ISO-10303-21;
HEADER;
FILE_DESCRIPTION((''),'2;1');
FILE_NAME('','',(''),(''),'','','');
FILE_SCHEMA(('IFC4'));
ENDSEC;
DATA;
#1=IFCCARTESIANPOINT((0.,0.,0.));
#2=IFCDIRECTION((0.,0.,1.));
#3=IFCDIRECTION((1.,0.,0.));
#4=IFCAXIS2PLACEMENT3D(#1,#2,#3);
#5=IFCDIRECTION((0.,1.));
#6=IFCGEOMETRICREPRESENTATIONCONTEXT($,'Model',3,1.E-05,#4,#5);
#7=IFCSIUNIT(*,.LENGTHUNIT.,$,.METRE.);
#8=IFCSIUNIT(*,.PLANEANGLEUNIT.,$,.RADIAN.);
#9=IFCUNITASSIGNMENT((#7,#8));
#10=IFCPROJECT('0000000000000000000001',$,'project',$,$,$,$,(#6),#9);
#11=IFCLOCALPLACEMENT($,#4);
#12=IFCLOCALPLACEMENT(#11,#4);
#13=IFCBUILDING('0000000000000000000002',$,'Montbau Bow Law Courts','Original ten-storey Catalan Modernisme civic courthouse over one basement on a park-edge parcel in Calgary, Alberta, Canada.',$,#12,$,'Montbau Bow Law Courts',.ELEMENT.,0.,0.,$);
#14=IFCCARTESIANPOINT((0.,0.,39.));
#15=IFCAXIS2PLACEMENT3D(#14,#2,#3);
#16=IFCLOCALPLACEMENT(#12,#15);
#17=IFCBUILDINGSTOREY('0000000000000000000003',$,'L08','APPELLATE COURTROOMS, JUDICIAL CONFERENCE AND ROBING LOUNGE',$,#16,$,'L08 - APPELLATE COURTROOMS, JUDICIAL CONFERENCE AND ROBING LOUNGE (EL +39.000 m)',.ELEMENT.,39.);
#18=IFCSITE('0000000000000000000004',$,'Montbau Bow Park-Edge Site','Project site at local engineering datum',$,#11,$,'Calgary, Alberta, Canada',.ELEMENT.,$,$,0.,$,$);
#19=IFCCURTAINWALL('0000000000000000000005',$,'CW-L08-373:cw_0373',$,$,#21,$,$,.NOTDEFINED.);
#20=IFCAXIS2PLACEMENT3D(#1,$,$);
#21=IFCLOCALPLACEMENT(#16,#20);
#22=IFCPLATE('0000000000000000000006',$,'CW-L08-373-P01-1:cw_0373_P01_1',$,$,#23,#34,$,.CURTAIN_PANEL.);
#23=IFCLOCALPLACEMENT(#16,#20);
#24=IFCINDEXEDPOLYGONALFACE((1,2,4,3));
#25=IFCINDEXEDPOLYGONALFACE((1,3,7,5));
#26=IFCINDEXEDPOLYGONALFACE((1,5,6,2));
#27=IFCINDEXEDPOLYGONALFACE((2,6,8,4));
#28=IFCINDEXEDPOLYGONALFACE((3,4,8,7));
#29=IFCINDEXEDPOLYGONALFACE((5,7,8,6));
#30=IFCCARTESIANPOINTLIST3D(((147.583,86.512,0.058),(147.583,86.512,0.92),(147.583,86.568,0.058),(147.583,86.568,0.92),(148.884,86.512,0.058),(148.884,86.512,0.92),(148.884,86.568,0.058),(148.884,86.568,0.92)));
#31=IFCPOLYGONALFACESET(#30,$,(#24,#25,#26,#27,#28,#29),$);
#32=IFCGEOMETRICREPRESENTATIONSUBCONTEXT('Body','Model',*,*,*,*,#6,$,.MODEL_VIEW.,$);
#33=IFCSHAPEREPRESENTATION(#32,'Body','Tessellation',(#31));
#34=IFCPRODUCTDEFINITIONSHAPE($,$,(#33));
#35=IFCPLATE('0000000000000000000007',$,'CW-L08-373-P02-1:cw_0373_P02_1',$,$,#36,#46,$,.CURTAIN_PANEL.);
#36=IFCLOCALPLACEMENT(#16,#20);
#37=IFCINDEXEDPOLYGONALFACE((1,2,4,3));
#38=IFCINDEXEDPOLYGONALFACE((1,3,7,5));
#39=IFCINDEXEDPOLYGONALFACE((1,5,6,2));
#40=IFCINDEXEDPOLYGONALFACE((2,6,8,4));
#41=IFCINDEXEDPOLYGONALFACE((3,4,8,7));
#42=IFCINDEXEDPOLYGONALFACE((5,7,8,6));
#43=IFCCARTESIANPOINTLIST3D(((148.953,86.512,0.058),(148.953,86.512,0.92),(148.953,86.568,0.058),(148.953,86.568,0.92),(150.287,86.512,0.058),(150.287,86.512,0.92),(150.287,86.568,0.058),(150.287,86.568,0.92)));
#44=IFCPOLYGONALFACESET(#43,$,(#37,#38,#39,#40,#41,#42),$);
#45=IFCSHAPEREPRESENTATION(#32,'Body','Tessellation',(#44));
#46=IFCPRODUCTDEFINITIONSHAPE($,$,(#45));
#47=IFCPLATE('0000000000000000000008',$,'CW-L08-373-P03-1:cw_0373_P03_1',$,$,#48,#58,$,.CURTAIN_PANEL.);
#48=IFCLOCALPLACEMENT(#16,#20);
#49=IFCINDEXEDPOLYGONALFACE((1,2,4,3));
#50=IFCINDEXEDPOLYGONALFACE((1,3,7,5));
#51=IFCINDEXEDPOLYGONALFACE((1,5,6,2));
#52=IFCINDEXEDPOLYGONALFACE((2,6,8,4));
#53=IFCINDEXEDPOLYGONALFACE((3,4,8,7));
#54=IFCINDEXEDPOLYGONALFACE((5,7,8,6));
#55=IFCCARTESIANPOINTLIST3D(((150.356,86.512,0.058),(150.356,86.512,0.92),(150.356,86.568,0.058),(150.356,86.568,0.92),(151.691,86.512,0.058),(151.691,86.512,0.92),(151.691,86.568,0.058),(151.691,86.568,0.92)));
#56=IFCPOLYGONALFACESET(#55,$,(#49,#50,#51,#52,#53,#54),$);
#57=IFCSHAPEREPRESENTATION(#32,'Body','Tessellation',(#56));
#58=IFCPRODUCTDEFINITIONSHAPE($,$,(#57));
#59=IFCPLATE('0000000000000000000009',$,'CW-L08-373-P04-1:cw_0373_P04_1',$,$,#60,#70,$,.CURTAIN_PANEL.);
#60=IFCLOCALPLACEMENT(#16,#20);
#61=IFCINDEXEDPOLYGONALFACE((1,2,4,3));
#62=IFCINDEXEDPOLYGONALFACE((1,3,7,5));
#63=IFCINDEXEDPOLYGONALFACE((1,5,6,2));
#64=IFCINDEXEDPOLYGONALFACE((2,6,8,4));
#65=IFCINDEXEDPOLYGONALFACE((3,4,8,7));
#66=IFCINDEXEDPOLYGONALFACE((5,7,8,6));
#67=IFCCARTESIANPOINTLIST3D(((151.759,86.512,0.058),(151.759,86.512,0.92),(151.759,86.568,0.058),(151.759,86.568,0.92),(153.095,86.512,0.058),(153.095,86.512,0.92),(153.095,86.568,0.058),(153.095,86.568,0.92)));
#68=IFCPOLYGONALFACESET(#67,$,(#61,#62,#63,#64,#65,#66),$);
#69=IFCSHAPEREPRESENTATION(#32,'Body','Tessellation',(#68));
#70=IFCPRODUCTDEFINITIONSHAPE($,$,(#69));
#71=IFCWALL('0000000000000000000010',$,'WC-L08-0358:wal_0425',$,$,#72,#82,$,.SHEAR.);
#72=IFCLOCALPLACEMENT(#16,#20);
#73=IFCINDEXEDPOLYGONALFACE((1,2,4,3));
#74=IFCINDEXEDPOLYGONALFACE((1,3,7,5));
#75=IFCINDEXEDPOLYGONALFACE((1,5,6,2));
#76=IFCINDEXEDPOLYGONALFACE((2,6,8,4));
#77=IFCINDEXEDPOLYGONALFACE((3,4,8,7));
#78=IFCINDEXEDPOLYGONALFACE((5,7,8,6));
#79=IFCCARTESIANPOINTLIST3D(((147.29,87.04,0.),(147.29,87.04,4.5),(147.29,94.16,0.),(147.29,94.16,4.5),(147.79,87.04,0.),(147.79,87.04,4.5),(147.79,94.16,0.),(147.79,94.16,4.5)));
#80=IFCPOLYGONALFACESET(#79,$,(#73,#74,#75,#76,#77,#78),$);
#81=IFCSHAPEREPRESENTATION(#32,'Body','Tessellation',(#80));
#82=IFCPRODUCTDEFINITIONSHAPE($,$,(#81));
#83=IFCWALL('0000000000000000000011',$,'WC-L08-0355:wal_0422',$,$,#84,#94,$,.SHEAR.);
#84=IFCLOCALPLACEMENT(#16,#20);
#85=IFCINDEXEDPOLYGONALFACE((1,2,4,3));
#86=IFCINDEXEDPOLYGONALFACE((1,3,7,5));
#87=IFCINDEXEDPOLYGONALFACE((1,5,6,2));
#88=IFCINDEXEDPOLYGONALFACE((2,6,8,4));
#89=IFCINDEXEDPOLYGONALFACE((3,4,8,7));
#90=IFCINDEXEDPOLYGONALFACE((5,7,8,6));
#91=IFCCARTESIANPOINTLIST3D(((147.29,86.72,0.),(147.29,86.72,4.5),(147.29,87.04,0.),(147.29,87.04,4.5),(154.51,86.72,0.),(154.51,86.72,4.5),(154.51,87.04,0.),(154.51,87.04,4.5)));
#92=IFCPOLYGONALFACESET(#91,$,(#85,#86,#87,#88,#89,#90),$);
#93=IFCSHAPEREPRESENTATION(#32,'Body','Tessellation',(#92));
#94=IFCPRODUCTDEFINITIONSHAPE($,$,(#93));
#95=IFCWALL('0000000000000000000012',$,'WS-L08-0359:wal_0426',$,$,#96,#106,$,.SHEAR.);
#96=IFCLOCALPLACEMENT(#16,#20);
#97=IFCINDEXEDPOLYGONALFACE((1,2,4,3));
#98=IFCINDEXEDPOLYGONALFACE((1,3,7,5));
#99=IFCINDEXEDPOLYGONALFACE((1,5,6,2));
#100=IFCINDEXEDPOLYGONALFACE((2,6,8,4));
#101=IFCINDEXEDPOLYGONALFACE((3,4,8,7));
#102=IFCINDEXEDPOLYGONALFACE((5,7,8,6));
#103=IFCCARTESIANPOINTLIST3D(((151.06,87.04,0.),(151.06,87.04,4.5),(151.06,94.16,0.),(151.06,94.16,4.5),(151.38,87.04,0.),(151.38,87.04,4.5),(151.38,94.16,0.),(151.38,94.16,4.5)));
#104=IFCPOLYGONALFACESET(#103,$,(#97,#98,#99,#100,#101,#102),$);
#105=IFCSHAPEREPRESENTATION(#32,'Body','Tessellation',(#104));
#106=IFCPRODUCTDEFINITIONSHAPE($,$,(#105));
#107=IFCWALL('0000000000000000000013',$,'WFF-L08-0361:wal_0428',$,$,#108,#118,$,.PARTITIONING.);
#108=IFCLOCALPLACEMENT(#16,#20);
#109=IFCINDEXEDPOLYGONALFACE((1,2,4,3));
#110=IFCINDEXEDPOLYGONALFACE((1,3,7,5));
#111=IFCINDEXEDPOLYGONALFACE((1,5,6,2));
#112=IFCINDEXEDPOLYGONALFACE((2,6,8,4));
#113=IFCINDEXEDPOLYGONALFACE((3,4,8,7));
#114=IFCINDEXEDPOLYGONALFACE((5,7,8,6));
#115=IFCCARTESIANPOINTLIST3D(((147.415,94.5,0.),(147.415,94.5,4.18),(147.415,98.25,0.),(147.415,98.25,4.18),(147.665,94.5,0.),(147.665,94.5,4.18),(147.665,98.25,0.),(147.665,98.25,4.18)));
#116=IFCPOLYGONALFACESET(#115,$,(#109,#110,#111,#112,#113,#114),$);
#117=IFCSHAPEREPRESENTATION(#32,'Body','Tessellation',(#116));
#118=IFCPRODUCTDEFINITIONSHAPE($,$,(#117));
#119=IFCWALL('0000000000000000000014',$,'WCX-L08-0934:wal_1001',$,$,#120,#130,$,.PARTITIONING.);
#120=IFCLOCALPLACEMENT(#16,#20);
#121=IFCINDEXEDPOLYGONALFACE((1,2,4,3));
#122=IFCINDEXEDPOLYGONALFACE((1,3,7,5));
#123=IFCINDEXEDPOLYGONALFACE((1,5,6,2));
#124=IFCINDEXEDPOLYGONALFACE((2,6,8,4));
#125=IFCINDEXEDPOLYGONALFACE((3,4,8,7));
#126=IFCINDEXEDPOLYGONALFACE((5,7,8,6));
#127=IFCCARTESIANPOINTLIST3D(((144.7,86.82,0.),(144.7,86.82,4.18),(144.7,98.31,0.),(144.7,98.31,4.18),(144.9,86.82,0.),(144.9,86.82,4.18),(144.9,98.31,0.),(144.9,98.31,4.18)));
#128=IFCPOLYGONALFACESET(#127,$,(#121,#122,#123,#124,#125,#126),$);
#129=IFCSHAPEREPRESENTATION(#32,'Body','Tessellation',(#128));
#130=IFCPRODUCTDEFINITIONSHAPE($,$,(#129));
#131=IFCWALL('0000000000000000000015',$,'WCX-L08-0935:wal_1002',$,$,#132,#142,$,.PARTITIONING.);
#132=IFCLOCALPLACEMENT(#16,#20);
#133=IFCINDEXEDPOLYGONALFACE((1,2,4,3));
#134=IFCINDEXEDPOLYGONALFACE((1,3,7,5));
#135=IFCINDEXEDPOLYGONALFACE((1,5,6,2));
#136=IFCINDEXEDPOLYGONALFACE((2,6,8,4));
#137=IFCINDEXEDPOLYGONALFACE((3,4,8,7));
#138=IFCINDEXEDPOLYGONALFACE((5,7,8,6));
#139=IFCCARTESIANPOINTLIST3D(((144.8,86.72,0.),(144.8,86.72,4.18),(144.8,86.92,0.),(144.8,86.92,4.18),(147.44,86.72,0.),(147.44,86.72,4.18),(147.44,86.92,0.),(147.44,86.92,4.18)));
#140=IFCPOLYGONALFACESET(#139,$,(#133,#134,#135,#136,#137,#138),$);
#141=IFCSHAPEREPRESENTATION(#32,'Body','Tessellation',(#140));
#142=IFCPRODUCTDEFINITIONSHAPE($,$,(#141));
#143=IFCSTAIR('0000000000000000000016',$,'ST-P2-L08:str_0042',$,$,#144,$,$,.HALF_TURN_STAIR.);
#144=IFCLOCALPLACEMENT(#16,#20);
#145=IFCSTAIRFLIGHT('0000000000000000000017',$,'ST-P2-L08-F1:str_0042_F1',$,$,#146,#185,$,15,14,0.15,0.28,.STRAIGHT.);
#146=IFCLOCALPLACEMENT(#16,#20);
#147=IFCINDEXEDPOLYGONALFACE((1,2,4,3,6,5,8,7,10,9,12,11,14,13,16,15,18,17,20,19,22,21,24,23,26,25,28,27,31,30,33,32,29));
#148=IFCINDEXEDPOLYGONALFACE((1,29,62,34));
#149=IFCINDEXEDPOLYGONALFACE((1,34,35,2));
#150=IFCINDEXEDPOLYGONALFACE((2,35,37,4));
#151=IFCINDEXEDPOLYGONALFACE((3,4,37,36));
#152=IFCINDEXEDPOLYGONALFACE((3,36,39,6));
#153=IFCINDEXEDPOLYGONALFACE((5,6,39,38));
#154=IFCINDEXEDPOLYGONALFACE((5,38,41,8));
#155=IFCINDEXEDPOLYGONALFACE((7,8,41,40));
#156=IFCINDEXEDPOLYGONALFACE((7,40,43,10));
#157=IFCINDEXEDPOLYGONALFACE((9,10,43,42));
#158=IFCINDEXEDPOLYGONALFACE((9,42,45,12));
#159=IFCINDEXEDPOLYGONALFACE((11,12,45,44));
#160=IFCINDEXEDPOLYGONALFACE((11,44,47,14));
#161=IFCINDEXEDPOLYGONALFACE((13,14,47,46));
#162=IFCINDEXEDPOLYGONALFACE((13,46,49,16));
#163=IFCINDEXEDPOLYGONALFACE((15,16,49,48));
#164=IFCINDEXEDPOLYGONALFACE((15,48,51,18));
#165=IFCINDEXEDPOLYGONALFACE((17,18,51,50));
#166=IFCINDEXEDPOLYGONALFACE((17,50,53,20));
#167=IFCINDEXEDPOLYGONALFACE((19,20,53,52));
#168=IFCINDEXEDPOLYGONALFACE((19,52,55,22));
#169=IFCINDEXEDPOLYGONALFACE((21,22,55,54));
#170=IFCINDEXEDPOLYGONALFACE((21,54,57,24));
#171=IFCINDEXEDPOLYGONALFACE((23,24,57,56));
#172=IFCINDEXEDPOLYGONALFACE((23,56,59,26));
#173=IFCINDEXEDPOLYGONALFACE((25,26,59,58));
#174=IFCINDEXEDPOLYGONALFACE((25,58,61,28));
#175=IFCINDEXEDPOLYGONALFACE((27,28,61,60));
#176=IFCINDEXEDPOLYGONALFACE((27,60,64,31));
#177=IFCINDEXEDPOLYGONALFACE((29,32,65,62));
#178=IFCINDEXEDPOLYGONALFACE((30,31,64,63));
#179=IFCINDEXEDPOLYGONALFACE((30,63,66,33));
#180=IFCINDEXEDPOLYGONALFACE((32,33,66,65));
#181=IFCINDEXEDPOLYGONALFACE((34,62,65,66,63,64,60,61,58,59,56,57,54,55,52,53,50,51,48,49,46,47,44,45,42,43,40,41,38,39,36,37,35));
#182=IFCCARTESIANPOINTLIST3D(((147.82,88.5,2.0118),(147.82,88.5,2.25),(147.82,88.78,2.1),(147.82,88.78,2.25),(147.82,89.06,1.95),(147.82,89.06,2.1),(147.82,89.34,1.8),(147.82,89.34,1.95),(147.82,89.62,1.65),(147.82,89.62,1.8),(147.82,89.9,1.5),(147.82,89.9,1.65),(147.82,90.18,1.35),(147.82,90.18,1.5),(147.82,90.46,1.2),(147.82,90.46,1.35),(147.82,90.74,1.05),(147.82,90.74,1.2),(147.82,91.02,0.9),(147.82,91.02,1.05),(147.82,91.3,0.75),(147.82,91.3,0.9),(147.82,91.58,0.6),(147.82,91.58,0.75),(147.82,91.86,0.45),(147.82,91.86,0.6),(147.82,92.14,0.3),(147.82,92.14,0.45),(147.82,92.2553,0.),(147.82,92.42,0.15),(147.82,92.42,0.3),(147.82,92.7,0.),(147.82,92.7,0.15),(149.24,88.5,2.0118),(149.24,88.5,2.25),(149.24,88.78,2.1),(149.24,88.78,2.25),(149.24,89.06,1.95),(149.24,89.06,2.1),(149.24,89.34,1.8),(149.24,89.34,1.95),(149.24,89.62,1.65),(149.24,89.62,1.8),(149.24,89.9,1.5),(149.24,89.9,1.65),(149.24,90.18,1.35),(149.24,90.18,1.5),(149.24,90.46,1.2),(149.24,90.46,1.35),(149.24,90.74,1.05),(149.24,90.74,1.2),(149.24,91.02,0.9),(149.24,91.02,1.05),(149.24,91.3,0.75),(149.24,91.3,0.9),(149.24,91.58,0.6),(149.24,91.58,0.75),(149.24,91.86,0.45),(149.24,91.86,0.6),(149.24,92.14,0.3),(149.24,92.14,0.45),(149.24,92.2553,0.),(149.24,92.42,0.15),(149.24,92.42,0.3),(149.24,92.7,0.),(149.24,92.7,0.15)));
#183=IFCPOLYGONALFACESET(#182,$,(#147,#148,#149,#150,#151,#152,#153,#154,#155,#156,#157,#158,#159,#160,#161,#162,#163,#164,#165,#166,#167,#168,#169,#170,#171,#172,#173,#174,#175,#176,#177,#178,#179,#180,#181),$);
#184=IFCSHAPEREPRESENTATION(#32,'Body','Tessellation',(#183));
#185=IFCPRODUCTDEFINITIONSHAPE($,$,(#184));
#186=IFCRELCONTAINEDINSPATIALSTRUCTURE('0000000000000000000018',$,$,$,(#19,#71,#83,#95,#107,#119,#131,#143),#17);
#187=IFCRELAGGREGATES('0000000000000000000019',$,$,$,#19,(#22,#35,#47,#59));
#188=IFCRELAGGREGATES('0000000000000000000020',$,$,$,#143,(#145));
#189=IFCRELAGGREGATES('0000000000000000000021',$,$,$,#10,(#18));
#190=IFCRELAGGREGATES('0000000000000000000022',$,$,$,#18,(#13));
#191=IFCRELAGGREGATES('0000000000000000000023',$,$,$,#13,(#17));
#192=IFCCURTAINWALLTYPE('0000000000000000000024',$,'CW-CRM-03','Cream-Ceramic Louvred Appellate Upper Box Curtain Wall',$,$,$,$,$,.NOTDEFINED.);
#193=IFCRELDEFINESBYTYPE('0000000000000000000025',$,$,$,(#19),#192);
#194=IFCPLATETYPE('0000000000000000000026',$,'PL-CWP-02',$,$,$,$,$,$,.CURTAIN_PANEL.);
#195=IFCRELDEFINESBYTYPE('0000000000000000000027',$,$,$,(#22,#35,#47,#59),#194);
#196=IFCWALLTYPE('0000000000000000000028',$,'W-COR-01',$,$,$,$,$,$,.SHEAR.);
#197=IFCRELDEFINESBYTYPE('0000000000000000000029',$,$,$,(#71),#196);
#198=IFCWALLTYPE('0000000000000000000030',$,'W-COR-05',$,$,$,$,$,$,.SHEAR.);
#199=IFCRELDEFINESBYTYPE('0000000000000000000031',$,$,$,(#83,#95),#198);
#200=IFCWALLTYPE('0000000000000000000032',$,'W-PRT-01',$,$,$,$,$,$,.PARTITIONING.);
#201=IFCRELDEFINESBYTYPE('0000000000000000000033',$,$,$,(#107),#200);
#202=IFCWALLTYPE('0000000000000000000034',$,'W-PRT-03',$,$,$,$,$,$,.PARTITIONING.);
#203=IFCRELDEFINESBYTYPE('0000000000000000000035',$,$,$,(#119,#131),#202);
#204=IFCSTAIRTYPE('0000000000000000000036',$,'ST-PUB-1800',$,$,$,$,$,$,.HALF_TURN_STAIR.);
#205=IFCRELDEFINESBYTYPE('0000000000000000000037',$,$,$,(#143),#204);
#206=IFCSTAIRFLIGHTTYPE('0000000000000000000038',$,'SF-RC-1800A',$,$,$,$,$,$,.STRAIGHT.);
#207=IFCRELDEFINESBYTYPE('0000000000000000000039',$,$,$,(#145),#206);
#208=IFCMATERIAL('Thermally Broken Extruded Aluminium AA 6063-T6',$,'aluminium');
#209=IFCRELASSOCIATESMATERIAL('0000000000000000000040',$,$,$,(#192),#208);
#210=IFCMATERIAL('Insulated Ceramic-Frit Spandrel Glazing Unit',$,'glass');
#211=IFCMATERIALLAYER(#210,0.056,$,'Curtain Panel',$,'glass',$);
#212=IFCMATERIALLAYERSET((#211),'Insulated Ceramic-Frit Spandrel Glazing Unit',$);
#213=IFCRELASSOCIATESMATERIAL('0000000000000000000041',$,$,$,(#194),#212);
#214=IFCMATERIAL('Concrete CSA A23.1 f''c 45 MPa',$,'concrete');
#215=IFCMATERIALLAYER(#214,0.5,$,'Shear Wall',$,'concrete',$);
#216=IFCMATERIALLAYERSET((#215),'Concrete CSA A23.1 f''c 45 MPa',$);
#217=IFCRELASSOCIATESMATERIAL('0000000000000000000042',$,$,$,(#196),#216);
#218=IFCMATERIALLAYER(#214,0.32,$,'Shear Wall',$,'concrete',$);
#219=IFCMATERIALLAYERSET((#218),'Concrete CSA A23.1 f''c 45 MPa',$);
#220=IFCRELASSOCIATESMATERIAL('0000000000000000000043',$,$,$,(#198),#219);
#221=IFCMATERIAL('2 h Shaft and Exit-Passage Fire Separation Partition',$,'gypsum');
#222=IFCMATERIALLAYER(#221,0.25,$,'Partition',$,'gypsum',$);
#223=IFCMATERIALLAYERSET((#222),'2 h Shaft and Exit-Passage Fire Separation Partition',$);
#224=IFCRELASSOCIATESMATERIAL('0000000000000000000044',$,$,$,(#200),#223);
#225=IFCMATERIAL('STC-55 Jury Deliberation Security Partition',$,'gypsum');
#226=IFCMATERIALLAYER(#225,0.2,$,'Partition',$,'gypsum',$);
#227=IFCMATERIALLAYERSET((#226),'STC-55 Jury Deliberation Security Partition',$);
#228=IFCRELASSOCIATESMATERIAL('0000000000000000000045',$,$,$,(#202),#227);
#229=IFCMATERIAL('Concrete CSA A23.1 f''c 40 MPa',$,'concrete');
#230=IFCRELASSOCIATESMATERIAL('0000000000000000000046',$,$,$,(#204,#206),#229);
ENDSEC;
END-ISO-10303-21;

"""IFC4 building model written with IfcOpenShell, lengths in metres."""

from ifc_helpers import new_model, si_unit, direction, frame, frame_2d, origin_with_axes, place, context, subcontext, project, spatial, polyline, rectangle, outline, extrude, material, layer, layer_set, type_object, element, aggregate, save


model = new_model("IFC4")

# Units and contexts
model_context = context("Model", 3, precision=1e-05, world=origin_with_axes(), true_north=direction((0.0, 1.0)))
body_context = subcontext(model_context, "Body", "Model", "MODEL_VIEW")
ifc_project = project(units=[si_unit("LENGTHUNIT", "METRE"), si_unit("PLANEANGLEUNIT", "RADIAN")], contexts=[model_context])

# Site, building, storey
site_placement = place(None, origin_with_axes())
site = spatial("IfcSite", under=ifc_project, at=site_placement, Name="Montbau Bow Park-Edge Site", Description="Project site at local engineering datum", LongName="Calgary, Alberta, Canada", CompositionType="ELEMENT", RefElevation=0.0)
building_placement = place(site_placement, origin_with_axes())
building = spatial("IfcBuilding", under=site, at=building_placement, Name="Montbau Bow Law Courts", Description="Original ten-storey Catalan Modernisme civic courthouse over one basement on a park-edge parcel in Calgary, Alberta, Canada.", LongName="Montbau Bow Law Courts", CompositionType="ELEMENT", ElevationOfRefHeight=0.0, ElevationOfTerrain=0.0)
storey_placement = place(building_placement, frame((0.0, 0.0, 39.0), z_axis=(0.0, 0.0, 1.0), x_axis=(1.0, 0.0, 0.0)))
storey = spatial("IfcBuildingStorey", under=building, at=storey_placement, Name="L08", Description="APPELLATE COURTROOMS, JUDICIAL CONFERENCE AND ROBING LOUNGE", LongName="L08 - APPELLATE COURTROOMS, JUDICIAL CONFERENCE AND ROBING LOUNGE (EL +39.000 m)", CompositionType="ELEMENT", Elevation=39.0)

# Shared definitions
ifc_material_1 = material(Name="Thermally Broken Extruded Aluminium AA 6063-T6", Category="aluminium")
curtain_wall_type = type_object("IfcCurtainWallType", Name="CW-CRM-03", Description="Cream-Ceramic Louvred Appellate Upper Box Curtain Wall", PredefinedType="NOTDEFINED", material=ifc_material_1)

# Curtain wall, plates
curtain_wall_1_placement = place(None, frame((147.515, 86.54, 39.0), z_axis=(0.0, 0.0, 1.0), x_axis=(1.0, 0.0, 0.0)))
curtain_wall_1 = element("IfcCurtainWall", 1, at=curtain_wall_1_placement, inside=storey, type_object=curtain_wall_type, Name="CW-L08-373:cw_0373", PredefinedType="NOTDEFINED")
ifc_material_2 = material(Name="Insulated Ceramic-Frit Spandrel Glazing Unit", Category="glass")
ifc_layer_1 = layer(ifc_material_2, 0.056, Name="Curtain Panel", Category="glass")
ifc_layer_set_1 = layer_set([ifc_layer_1], Name="Insulated Ceramic-Frit Spandrel Glazing Unit")
plate_type_1 = type_object("IfcPlateType", Name="PL-CWP-02", PredefinedType="CURTAIN_PANEL", material=ifc_layer_set_1)
plate_1_placement = place(None, frame((147.583, 86.54, 39.058), z_axis=(0.0, -1.0, 0.0), x_axis=(1.0, 0.0, 0.0)))
plate_1 = element("IfcPlate", 2, at=plate_1_placement, type_object=plate_type_1, Name="CW-L08-373-P01-1:cw_0373_P01_1", PredefinedType="CURTAIN_PANEL", context=body_context, shape_type="SweptSolid", body=[
    extrude(rectangle(XDim=1.301, YDim=0.862, at=frame_2d((0.6505, 0.431), x_axis=(1.0, 0.0))), frame((0.0, 0.0, -0.028), z_axis=(0.0, 0.0, 1.0), x_axis=(1.0, 0.0, 0.0)), (0.0, 0.0, 1.0), 0.056),
])
plate_2_placement = place(None, frame((148.953, 86.54, 39.058), z_axis=(0.0, -1.0, 0.0), x_axis=(1.0, 0.0, 0.0)))
plate_2 = element("IfcPlate", 3, at=plate_2_placement, type_object=plate_type_1, Name="CW-L08-373-P02-1:cw_0373_P02_1", PredefinedType="CURTAIN_PANEL", context=body_context, shape_type="SweptSolid", body=[
    extrude(rectangle(XDim=1.334, YDim=0.862, at=frame_2d((0.667, 0.431), x_axis=(1.0, 0.0))), frame((0.0, 0.0, -0.028), z_axis=(0.0, 0.0, 1.0), x_axis=(1.0, 0.0, 0.0)), (0.0, 0.0, 1.0), 0.056),
])
plate_3_placement = place(None, frame((150.356, 86.54, 39.058), z_axis=(0.0, -1.0, 0.0), x_axis=(1.0, 0.0, 0.0)))
plate_3 = element("IfcPlate", 4, at=plate_3_placement, type_object=plate_type_1, Name="CW-L08-373-P03-1:cw_0373_P03_1", PredefinedType="CURTAIN_PANEL", context=body_context, shape_type="SweptSolid", body=[
    extrude(rectangle(XDim=1.335, YDim=0.862, at=frame_2d((0.6675, 0.431), x_axis=(1.0, 0.0))), frame((0.0, 0.0, -0.028), z_axis=(0.0, 0.0, 1.0), x_axis=(1.0, 0.0, 0.0)), (0.0, 0.0, 1.0), 0.056),
])
plate_4_placement = place(None, frame((151.759, 86.54, 39.058), z_axis=(0.0, -1.0, 0.0), x_axis=(1.0, 0.0, 0.0)))
plate_4 = element("IfcPlate", 5, at=plate_4_placement, type_object=plate_type_1, Name="CW-L08-373-P04-1:cw_0373_P04_1", PredefinedType="CURTAIN_PANEL", context=body_context, shape_type="SweptSolid", body=[
    extrude(rectangle(XDim=1.336, YDim=0.862, at=frame_2d((0.668, 0.431), x_axis=(1.0, 0.0))), frame((0.0, 0.0, -0.028), z_axis=(0.0, 0.0, 1.0), x_axis=(1.0, 0.0, 0.0)), (0.0, 0.0, 1.0), 0.056),
])
aggregate(curtain_wall_1, [plate_1, plate_2, plate_3, plate_4])

# Walls
ifc_material_3 = material(Name="Concrete CSA A23.1 f'c 45 MPa", Category="concrete")
ifc_layer_2 = layer(ifc_material_3, 0.5, Name="Shear Wall", Category="concrete")
ifc_layer_set_2 = layer_set([ifc_layer_2], Name="Concrete CSA A23.1 f'c 45 MPa")
wall_type_1 = type_object("IfcWallType", Name="W-COR-01", PredefinedType="SHEAR", material=ifc_layer_set_2)
wall_1_placement = place(None, frame((147.54, 94.16, 39.0), z_axis=(0.0, 0.0, 1.0), x_axis=(0.0, -1.0, 0.0)))
element("IfcWall", 6, at=wall_1_placement, inside=storey, type_object=wall_type_1, Name="WC-L08-0358:wal_0425", PredefinedType="SHEAR", context=body_context, shape_type="SweptSolid", body=[
    extrude(rectangle(XDim=7.12, YDim=0.5, at=frame_2d((3.56, 0.0), x_axis=(1.0, 0.0))), origin_with_axes(), (0.0, 0.0, 1.0), 4.5),
])
ifc_layer_3 = layer(ifc_material_3, 0.32, Name="Shear Wall", Category="concrete")
ifc_layer_set_3 = layer_set([ifc_layer_3], Name="Concrete CSA A23.1 f'c 45 MPa")
wall_type_2 = type_object("IfcWallType", Name="W-COR-05", PredefinedType="SHEAR", material=ifc_layer_set_3)
wall_2_placement = place(None, frame((147.29, 86.88, 39.0), z_axis=(0.0, 0.0, 1.0), x_axis=(1.0, 0.0, 0.0)))
element("IfcWall", 7, at=wall_2_placement, inside=storey, type_object=wall_type_2, Name="WC-L08-0355:wal_0422", PredefinedType="SHEAR", context=body_context, shape_type="SweptSolid", body=[
    extrude(rectangle(XDim=7.22, YDim=0.32, at=frame_2d((3.61, 0.0), x_axis=(1.0, 0.0))), origin_with_axes(), (0.0, 0.0, 1.0), 4.5),
])
wall_3_placement = place(None, frame((151.22, 87.04, 39.0), z_axis=(0.0, 0.0, 1.0), x_axis=(0.0, 1.0, 0.0)))
element("IfcWall", 8, at=wall_3_placement, inside=storey, type_object=wall_type_2, Name="WS-L08-0359:wal_0426", PredefinedType="SHEAR", context=body_context, shape_type="SweptSolid", body=[
    extrude(rectangle(XDim=7.12, YDim=0.32, at=frame_2d((3.56, 0.0), x_axis=(1.0, 0.0))), origin_with_axes(), (0.0, 0.0, 1.0), 4.5),
])
ifc_material_4 = material(Name="2 h Shaft and Exit-Passage Fire Separation Partition", Category="gypsum")
ifc_layer_4 = layer(ifc_material_4, 0.25, Name="Partition", Category="gypsum")
ifc_layer_set_4 = layer_set([ifc_layer_4], Name="2 h Shaft and Exit-Passage Fire Separation Partition")
wall_type_3 = type_object("IfcWallType", Name="W-PRT-01", PredefinedType="PARTITIONING", material=ifc_layer_set_4)
wall_4_placement = place(None, frame((147.54, 94.5, 39.0), z_axis=(0.0, 0.0, 1.0), x_axis=(0.0, 1.0, 0.0)))
element("IfcWall", 9, at=wall_4_placement, inside=storey, type_object=wall_type_3, Name="WFF-L08-0361:wal_0428", PredefinedType="PARTITIONING", context=body_context, shape_type="SweptSolid", body=[
    extrude(rectangle(XDim=3.75, YDim=0.25, at=frame_2d((1.875, 0.0), x_axis=(1.0, 0.0))), origin_with_axes(), (0.0, 0.0, 1.0), 4.18),
])
ifc_material_5 = material(Name="STC-55 Jury Deliberation Security Partition", Category="gypsum")
ifc_layer_5 = layer(ifc_material_5, 0.2, Name="Partition", Category="gypsum")
ifc_layer_set_5 = layer_set([ifc_layer_5], Name="STC-55 Jury Deliberation Security Partition")
wall_type_4 = type_object("IfcWallType", Name="W-PRT-03", PredefinedType="PARTITIONING", material=ifc_layer_set_5)
wall_5_placement = place(None, frame((144.8, 86.82, 39.0), z_axis=(0.0, 0.0, 1.0), x_axis=(0.0, 1.0, 0.0)))
element("IfcWall", 10, at=wall_5_placement, inside=storey, type_object=wall_type_4, Name="WCX-L08-0934:wal_1001", PredefinedType="PARTITIONING", context=body_context, shape_type="SweptSolid", body=[
    extrude(rectangle(XDim=11.49, YDim=0.2, at=frame_2d((5.745, 0.0), x_axis=(1.0, 0.0))), origin_with_axes(), (0.0, 0.0, 1.0), 4.18),
])
wall_6_placement = place(None, frame((144.8, 86.82, 39.0), z_axis=(0.0, 0.0, 1.0), x_axis=(1.0, 0.0, 0.0)))
element("IfcWall", 11, at=wall_6_placement, inside=storey, type_object=wall_type_4, Name="WCX-L08-0935:wal_1002", PredefinedType="PARTITIONING", context=body_context, shape_type="SweptSolid", body=[
    extrude(rectangle(XDim=2.64, YDim=0.2, at=frame_2d((1.32, 0.0), x_axis=(1.0, 0.0))), origin_with_axes(), (0.0, 0.0, 1.0), 4.18),
])

# Stair, stair flight
ifc_material_6 = material(Name="Concrete CSA A23.1 f'c 40 MPa", Category="concrete")
stair_type = type_object("IfcStairType", Name="ST-PUB-1800", PredefinedType="HALF_TURN_STAIR", material=ifc_material_6)
stair_placement = place(None, frame((148.53, 92.7, 39.0), z_axis=(0.0, 0.0, 1.0), x_axis=(1.0, 0.0, 0.0)))
stair = element("IfcStair", 12, at=stair_placement, inside=storey, type_object=stair_type, Name="ST-P2-L08:str_0042", PredefinedType="HALF_TURN_STAIR")
stair_flight_type = type_object("IfcStairFlightType", Name="SF-RC-1800A", PredefinedType="STRAIGHT", material=ifc_material_6)
stair_flight_1_placement = place(None, frame((148.53, 92.7, 39.0), z_axis=(0.0, 0.0, 1.0), x_axis=(0.0, -1.0, 0.0)))
stair_flight_1 = element("IfcStairFlight", 13, at=stair_flight_1_placement, type_object=stair_flight_type, Name="ST-P2-L08-F1:str_0042_F1", NumberOfRisers=15, NumberOfTreads=14, PredefinedType="STRAIGHT", RiserHeight=0.15, TreadLength=0.28, context=body_context, shape_type="SweptSolid", body=[
    extrude(outline(polyline([(0.0, 0.0), (0.0, 0.15), (0.28, 0.15), (0.28, 0.3), (0.56, 0.3), (0.56, 0.45), (0.84, 0.45), (0.84, 0.6), (1.12, 0.6), (1.12, 0.75), (1.4, 0.75), (1.4, 0.9), (1.68, 0.9), (1.68, 1.05), (1.96, 1.05), (1.96, 1.2), (2.24, 1.2), (2.24, 1.35), (2.52, 1.35), (2.52, 1.5), (2.8, 1.5), (2.8, 1.65), (3.08, 1.65), (3.08, 1.8), (3.36, 1.8), (3.36, 1.95), (3.64, 1.95), (3.64, 2.1), (3.92, 2.1), (3.92, 2.25), (4.2, 2.25), (4.2, 2.0118), (0.4447, 0.0), (0.0, 0.0)])), frame((0.0, 0.71, 0.0), z_axis=(0.0, -1.0, 0.0), x_axis=(1.0, 0.0, 0.0)), (0.0, 0.0, 1.0), 1.42),
])
aggregate(stair, [stair_flight_1])

save(model, "model.ifc")
